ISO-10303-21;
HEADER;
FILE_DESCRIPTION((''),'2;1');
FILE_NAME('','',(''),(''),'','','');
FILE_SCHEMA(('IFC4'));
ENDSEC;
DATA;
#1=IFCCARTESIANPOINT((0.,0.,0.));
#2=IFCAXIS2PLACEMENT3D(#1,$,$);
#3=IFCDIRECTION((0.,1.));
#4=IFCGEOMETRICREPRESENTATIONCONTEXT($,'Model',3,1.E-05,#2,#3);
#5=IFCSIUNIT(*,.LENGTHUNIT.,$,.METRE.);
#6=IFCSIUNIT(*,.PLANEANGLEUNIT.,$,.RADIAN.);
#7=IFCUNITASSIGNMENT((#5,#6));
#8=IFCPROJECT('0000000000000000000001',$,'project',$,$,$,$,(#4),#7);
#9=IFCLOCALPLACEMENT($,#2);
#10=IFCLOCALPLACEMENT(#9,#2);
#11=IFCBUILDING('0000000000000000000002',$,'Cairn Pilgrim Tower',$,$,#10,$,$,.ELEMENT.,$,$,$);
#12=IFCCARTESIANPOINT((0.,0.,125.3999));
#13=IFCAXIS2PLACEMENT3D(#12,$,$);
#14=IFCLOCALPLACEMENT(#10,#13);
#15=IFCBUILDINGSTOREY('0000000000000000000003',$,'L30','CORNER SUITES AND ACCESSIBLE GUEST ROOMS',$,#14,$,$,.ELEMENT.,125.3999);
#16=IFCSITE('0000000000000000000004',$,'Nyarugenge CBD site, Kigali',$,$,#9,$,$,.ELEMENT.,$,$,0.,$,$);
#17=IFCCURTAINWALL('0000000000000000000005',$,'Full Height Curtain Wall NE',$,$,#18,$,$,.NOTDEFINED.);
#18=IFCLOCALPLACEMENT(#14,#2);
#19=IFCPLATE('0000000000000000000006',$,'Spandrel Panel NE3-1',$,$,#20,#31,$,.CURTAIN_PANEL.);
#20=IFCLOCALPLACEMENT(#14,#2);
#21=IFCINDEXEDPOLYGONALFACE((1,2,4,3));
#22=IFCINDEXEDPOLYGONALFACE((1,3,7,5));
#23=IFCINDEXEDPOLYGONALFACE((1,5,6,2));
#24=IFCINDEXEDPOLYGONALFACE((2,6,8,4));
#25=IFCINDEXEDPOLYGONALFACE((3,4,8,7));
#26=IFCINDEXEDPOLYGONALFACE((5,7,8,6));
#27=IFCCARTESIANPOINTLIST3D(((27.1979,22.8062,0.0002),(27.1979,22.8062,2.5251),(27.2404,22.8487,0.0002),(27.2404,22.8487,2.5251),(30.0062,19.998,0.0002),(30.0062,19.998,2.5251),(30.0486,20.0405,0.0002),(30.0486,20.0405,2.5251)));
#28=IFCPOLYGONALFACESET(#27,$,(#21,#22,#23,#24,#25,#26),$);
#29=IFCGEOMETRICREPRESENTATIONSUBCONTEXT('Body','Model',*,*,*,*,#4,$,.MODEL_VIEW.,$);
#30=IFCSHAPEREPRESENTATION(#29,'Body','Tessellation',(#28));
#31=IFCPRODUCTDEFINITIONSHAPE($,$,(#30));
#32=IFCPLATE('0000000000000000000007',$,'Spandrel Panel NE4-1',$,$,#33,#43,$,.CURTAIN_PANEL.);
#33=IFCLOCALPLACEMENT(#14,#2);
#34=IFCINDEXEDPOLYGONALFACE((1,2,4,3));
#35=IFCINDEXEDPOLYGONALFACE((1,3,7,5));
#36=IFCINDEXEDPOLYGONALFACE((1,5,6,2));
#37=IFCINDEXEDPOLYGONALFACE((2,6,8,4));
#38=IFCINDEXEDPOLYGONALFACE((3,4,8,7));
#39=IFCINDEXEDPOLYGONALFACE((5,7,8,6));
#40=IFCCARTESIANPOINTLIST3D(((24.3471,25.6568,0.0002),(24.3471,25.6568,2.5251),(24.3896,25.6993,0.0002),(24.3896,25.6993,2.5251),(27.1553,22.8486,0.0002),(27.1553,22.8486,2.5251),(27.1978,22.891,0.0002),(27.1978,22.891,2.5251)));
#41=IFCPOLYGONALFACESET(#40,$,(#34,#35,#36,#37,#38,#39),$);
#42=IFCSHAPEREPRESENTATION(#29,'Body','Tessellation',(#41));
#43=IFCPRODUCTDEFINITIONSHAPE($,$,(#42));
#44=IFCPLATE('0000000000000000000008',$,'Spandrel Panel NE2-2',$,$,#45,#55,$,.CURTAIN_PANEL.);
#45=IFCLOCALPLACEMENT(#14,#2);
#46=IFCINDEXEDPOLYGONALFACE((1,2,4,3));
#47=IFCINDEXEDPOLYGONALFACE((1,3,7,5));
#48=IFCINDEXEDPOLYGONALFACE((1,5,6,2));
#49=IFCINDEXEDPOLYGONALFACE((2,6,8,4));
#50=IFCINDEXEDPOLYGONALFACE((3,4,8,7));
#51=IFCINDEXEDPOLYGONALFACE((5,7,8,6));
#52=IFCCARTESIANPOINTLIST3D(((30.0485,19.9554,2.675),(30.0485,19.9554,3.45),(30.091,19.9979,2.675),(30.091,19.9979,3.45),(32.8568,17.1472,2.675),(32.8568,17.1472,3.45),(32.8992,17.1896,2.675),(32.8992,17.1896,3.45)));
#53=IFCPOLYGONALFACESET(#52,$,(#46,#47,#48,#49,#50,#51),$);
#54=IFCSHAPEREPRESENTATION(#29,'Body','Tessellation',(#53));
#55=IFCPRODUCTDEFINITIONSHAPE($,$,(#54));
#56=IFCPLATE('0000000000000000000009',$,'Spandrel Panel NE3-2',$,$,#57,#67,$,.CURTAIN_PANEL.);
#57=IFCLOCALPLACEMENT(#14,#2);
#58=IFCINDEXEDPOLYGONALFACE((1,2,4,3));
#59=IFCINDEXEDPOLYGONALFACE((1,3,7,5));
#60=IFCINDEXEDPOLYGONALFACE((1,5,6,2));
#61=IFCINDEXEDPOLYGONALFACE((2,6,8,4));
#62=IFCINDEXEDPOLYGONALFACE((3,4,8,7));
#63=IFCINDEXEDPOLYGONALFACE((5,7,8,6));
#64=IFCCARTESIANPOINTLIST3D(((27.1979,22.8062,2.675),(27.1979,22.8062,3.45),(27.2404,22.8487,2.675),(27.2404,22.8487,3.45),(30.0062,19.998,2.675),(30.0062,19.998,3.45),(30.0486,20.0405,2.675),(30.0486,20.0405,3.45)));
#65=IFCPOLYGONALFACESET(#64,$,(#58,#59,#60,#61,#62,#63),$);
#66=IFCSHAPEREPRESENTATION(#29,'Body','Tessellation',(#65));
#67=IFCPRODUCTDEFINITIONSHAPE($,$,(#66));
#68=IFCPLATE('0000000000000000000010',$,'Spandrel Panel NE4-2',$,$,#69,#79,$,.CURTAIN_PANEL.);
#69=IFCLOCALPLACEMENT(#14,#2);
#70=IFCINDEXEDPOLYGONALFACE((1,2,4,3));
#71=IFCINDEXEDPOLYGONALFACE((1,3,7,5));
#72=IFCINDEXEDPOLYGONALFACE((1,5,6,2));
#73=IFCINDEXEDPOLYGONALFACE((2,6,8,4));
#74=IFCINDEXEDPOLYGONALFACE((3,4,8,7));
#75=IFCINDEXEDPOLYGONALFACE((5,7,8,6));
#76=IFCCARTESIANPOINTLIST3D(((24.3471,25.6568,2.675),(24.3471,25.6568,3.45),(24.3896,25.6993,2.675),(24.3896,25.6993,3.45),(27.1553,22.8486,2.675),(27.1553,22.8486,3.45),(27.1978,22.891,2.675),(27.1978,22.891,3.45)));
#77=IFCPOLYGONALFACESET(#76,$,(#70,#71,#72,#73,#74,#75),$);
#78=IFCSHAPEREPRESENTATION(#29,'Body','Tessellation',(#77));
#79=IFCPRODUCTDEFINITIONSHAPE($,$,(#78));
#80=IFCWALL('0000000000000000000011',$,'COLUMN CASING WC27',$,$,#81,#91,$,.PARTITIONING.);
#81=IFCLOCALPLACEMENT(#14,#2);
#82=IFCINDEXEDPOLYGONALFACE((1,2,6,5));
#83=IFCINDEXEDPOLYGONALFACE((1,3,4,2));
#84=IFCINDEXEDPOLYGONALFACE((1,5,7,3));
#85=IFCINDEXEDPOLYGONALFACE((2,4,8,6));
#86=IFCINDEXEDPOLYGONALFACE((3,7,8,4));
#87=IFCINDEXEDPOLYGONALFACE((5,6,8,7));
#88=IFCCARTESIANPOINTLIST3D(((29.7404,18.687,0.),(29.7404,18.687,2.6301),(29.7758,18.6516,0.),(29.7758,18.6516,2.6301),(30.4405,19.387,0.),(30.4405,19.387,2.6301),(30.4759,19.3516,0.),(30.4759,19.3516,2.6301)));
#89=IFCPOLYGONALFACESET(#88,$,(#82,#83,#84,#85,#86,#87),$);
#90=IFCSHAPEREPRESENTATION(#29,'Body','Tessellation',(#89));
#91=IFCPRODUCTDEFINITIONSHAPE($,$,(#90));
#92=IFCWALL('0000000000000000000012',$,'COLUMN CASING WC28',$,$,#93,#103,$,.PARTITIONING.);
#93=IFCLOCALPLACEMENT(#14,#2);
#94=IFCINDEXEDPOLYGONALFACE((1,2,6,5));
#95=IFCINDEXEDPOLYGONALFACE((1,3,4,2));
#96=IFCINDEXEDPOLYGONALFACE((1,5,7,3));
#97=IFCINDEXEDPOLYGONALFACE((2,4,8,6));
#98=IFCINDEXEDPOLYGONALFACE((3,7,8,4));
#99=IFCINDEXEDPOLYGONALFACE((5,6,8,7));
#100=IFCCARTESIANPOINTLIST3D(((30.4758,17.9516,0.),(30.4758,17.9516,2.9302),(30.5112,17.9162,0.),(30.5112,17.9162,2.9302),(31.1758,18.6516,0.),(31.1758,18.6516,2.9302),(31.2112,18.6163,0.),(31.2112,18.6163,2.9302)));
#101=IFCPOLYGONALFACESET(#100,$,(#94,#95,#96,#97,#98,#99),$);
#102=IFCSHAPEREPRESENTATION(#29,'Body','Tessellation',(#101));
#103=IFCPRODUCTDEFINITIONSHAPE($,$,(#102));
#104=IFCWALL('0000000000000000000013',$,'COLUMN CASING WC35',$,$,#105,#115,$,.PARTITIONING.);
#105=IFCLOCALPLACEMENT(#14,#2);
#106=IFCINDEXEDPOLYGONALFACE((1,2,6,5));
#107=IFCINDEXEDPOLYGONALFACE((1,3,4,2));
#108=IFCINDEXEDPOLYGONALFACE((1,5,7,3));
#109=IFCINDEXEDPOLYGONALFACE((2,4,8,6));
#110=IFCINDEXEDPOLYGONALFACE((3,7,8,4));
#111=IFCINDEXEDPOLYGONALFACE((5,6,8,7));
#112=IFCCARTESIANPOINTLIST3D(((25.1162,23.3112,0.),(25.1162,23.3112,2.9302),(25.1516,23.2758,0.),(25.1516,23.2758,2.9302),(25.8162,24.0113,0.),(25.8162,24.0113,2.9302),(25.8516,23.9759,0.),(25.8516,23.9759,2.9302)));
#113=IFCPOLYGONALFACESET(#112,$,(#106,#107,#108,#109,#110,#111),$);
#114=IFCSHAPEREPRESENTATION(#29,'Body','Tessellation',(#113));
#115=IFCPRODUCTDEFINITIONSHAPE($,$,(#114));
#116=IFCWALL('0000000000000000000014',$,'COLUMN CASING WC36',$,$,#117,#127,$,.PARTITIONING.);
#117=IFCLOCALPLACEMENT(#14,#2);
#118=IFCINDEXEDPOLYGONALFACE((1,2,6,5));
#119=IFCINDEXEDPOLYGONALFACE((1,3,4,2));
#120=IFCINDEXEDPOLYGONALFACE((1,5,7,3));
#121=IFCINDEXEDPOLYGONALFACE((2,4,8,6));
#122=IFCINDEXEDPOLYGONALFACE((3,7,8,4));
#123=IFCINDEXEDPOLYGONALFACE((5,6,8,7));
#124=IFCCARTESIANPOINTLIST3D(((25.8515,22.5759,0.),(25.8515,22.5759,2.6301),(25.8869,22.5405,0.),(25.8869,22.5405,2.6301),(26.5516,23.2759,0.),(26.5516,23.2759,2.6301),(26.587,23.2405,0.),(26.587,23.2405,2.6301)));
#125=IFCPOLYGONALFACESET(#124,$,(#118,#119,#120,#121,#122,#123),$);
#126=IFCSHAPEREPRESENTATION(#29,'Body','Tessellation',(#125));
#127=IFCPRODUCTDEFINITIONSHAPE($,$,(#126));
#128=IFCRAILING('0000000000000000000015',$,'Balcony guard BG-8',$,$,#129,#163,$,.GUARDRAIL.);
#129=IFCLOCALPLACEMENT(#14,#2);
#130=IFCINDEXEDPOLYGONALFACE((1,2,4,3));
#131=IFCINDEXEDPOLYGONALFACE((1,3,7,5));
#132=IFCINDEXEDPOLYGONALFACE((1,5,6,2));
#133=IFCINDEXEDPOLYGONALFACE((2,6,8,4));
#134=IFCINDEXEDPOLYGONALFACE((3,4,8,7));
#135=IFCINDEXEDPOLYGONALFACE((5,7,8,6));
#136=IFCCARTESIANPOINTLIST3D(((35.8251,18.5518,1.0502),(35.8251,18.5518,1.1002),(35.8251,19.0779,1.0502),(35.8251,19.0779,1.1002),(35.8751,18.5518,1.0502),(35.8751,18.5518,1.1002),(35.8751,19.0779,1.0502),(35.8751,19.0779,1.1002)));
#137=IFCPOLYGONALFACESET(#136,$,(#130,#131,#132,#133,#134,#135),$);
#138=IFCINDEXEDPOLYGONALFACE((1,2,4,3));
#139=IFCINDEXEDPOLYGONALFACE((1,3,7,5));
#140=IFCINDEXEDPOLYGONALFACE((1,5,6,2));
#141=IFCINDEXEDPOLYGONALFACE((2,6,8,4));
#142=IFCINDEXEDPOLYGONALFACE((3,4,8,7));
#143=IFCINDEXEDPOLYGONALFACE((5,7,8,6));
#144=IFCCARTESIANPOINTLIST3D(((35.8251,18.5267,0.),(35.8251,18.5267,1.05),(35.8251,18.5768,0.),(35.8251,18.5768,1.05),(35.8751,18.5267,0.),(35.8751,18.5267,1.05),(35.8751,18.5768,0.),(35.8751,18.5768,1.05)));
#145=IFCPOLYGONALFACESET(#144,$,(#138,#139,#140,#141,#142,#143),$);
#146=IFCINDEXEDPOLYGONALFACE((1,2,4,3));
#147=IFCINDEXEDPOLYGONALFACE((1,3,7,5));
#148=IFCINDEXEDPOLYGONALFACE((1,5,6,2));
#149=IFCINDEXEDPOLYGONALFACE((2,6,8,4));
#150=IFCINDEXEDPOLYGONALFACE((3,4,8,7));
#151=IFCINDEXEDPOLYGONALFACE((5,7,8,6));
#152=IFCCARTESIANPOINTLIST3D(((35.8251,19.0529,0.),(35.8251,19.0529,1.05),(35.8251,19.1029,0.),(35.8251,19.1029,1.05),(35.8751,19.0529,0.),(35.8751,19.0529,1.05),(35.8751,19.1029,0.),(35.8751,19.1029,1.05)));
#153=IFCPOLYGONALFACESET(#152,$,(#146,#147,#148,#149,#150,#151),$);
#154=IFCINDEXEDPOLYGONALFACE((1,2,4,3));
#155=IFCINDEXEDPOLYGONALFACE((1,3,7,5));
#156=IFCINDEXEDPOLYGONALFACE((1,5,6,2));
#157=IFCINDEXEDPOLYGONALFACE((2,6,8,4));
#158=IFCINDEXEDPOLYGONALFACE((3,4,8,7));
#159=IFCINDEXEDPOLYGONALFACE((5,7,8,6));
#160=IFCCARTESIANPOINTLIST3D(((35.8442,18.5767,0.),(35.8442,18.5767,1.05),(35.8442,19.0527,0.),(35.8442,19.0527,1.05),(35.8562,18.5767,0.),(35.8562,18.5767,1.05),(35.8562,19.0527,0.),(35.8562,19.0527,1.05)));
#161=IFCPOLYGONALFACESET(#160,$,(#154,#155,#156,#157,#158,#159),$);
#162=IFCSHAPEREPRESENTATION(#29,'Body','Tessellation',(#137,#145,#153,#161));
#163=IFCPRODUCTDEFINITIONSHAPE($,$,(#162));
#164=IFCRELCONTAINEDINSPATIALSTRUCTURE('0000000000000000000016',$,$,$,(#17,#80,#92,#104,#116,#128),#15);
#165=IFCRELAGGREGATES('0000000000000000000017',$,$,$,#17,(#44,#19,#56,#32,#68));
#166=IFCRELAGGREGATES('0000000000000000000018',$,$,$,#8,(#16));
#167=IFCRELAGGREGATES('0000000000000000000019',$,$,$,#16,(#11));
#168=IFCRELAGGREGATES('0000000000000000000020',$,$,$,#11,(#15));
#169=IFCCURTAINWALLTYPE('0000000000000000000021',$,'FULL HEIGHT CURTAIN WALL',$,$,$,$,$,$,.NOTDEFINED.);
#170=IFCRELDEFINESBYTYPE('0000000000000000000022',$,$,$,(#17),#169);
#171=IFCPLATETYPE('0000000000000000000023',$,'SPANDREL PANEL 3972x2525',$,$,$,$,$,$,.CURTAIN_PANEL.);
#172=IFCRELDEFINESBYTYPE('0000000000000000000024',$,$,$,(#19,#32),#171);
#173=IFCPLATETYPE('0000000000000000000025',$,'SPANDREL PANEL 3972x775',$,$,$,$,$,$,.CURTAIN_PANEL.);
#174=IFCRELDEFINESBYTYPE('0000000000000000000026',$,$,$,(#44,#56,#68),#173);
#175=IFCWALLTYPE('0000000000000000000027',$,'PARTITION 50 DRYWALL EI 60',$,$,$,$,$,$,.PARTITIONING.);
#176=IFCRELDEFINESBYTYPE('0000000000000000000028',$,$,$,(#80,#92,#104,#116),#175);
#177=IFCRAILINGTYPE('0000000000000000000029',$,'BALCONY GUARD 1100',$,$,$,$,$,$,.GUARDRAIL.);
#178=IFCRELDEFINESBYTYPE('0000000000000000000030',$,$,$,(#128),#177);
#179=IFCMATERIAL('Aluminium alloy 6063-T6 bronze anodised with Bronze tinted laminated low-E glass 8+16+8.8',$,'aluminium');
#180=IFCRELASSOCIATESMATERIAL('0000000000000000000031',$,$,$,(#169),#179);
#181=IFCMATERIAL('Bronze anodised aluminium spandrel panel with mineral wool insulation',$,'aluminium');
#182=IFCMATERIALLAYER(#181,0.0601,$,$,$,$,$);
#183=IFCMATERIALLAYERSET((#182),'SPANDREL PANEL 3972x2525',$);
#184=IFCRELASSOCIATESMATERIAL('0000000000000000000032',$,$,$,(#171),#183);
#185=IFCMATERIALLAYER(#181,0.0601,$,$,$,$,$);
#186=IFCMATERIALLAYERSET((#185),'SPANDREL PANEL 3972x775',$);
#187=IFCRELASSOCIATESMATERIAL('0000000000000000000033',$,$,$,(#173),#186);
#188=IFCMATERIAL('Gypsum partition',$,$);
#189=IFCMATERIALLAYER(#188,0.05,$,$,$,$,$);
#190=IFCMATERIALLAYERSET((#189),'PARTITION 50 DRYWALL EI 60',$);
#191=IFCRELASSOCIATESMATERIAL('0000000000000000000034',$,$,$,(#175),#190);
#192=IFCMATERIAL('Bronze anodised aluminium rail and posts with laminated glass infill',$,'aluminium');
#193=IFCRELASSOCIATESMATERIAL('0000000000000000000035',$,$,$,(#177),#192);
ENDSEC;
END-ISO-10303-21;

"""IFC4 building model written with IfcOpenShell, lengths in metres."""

from ifc_helpers import new_model, si_unit, direction, frame, frame_2d, origin, origin_2d, place, context, subcontext, project, spatial, polyline, rectangle, outline, extrude, material, layer, layer_set, type_object, element, aggregate, save


model = new_model("IFC4")

# Units and contexts
model_context = context("Model", 3, precision=1e-05, world=origin(), true_north=direction((0.0, 1.0)))
body_context = subcontext(model_context, "Body", "Model", "MODEL_VIEW")
ifc_project = project(units=[si_unit("LENGTHUNIT", "METRE"), si_unit("PLANEANGLEUNIT", "RADIAN")], contexts=[model_context])

# Site, building, storey
site_placement = place(None, origin())
site = spatial("IfcSite", under=ifc_project, at=site_placement, Name="Nyarugenge CBD site, Kigali", CompositionType="ELEMENT", RefElevation=0.0)
building_placement = place(site_placement, origin())
building = spatial("IfcBuilding", under=site, at=building_placement, Name="Cairn Pilgrim Tower", CompositionType="ELEMENT")
storey_placement = place(building_placement, frame((0.0, 0.0, 125.3999)))
storey = spatial("IfcBuildingStorey", under=building, at=storey_placement, Name="L30", Description="CORNER SUITES AND ACCESSIBLE GUEST ROOMS", CompositionType="ELEMENT", Elevation=125.3999)

# Curtain wall
ifc_material_1 = material(Name="Aluminium alloy 6063-T6 bronze anodised with Bronze tinted laminated low-E glass 8+16+8.8", Category="aluminium")
curtain_wall_type = type_object("IfcCurtainWallType", Name="FULL HEIGHT CURTAIN WALL", PredefinedType="NOTDEFINED", material=ifc_material_1)
curtain_wall_1_placement = place(storey_placement, origin())
curtain_wall_1 = element("IfcCurtainWall", 1, at=curtain_wall_1_placement, inside=storey, type_object=curtain_wall_type, Name="Full Height Curtain Wall NE", PredefinedType="NOTDEFINED")

# Plates
ifc_material_2 = material(Name="Bronze anodised aluminium spandrel panel with mineral wool insulation", Category="aluminium")
ifc_layer_1 = layer(ifc_material_2, 0.0601)
ifc_layer_set_1 = layer_set([ifc_layer_1], Name="SPANDREL PANEL 3972x2525")
plate_type_1 = type_object("IfcPlateType", Name="SPANDREL PANEL 3972x2525", PredefinedType="CURTAIN_PANEL", material=ifc_layer_set_1)
plate_1_placement = place(storey_placement, frame((28.6233, 21.4233, 0.0002), z_axis=(0.0, 0.0, 1.0), x_axis=(-0.707107, 0.707107, 0.0)))
plate_1 = element("IfcPlate", 2, at=plate_1_placement, type_object=plate_type_1, Name="Spandrel Panel NE3-1", PredefinedType="CURTAIN_PANEL", context=body_context, shape_type="SweptSolid", body=[
    extrude(rectangle(XDim=3.9714, YDim=0.0601, at=origin_2d()), origin(), (0.0, 0.0, 1.0), 2.5249),
])
plate_2_placement = place(storey_placement, frame((25.7725, 24.2739, 0.0002), z_axis=(0.0, 0.0, 1.0), x_axis=(-0.707107, 0.707107, 0.0)))
plate_2 = element("IfcPlate", 3, at=plate_2_placement, type_object=plate_type_1, Name="Spandrel Panel NE4-1", PredefinedType="CURTAIN_PANEL", context=body_context, shape_type="SweptSolid", body=[
    extrude(rectangle(XDim=3.9714, YDim=0.0601, at=origin_2d()), origin(), (0.0, 0.0, 1.0), 2.5249),
])
ifc_layer_2 = layer(ifc_material_2, 0.0601)
ifc_layer_set_2 = layer_set([ifc_layer_2], Name="SPANDREL PANEL 3972x775")
plate_type_2 = type_object("IfcPlateType", Name="SPANDREL PANEL 3972x775", PredefinedType="CURTAIN_PANEL", material=ifc_layer_set_2)
plate_3_placement = place(storey_placement, frame((31.4739, 18.5725, 2.675), z_axis=(0.0, 0.0, 1.0), x_axis=(-0.707107, 0.707107, 0.0)))
plate_3 = element("IfcPlate", 4, at=plate_3_placement, type_object=plate_type_2, Name="Spandrel Panel NE2-2", PredefinedType="CURTAIN_PANEL", context=body_context, shape_type="SweptSolid", body=[
    extrude(rectangle(XDim=3.9714, YDim=0.0601, at=origin_2d()), origin(), (0.0, 0.0, 1.0), 0.7749),
])
plate_4_placement = place(storey_placement, frame((28.6233, 21.4233, 2.675), z_axis=(0.0, 0.0, 1.0), x_axis=(-0.707107, 0.707107, 0.0)))
plate_4 = element("IfcPlate", 5, at=plate_4_placement, type_object=plate_type_2, Name="Spandrel Panel NE3-2", PredefinedType="CURTAIN_PANEL", context=body_context, shape_type="SweptSolid", body=[
    extrude(rectangle(XDim=3.9714, YDim=0.0601, at=origin_2d()), origin(), (0.0, 0.0, 1.0), 0.7749),
])
plate_5_placement = place(storey_placement, frame((25.7725, 24.2739, 2.675), z_axis=(0.0, 0.0, 1.0), x_axis=(-0.707107, 0.707107, 0.0)))
plate_5 = element("IfcPlate", 6, at=plate_5_placement, type_object=plate_type_2, Name="Spandrel Panel NE4-2", PredefinedType="CURTAIN_PANEL", context=body_context, shape_type="SweptSolid", body=[
    extrude(rectangle(XDim=3.9714, YDim=0.0601, at=origin_2d()), origin(), (0.0, 0.0, 1.0), 0.7749),
])
aggregate(curtain_wall_1, [plate_3, plate_1, plate_4, plate_2, plate_5])

# Walls
ifc_material_3 = material(Name="Gypsum partition")
ifc_layer_3 = layer(ifc_material_3, 0.05)
ifc_layer_set_3 = layer_set([ifc_layer_3], Name="PARTITION 50 DRYWALL EI 60")
wall_type_1 = type_object("IfcWallType", Name="PARTITION 50 DRYWALL EI 60", PredefinedType="PARTITIONING", material=ifc_layer_set_3)
wall_1_placement = place(storey_placement, frame((29.7581, 18.6692, 0.0), z_axis=(0.0, 0.0, 1.0), x_axis=(0.707107, 0.707107, 0.0)))
element("IfcWall", 7, at=wall_1_placement, inside=storey, type_object=wall_type_1, Name="COLUMN CASING WC27", PredefinedType="PARTITIONING", context=body_context, shape_type="SweptSolid", body=[
    extrude(rectangle(XDim=0.99, YDim=0.05, at=frame_2d((0.4951, 0.0))), origin(), (0.0, 0.0, 1.0), 2.6301),
])
for number, where, z_axis, x_axis, name in (
    (8, (30.4934, 17.9338, 0.0), (0.0, 0.0, 1.0), (0.707107, 0.707107, 0.0), "COLUMN CASING WC28"),
    (9, (25.1338, 23.2935, 0.0), (0.0, 0.0, 1.0), (0.707107, 0.707107, 0.0), "COLUMN CASING WC35"),
):
    element("IfcWall", number, at=place(storey_placement, frame(where, z_axis=z_axis, x_axis=x_axis)), inside=storey, type_object=wall_type_1, Name=name, PredefinedType="PARTITIONING", context=body_context, shape_type="SweptSolid", body=[
        extrude(rectangle(XDim=0.99, YDim=0.05, at=frame_2d((0.4951, 0.0))), origin(), (0.0, 0.0, 1.0), 2.9302),
    ])
wall_2_placement = place(storey_placement, frame((25.8691, 22.5581, 0.0), z_axis=(0.0, 0.0, 1.0), x_axis=(0.707107, 0.707107, 0.0)))
element("IfcWall", 10, at=wall_2_placement, inside=storey, type_object=wall_type_1, Name="COLUMN CASING WC36", PredefinedType="PARTITIONING", context=body_context, shape_type="SweptSolid", body=[
    extrude(rectangle(XDim=0.99, YDim=0.05, at=frame_2d((0.4951, 0.0))), origin(), (0.0, 0.0, 1.0), 2.6301),
])

# Railing
ifc_material_4 = material(Name="Bronze anodised aluminium rail and posts with laminated glass infill", Category="aluminium")
railing_type = type_object("IfcRailingType", Name="BALCONY GUARD 1100", PredefinedType="GUARDRAIL", material=ifc_material_4)
railing_1_placement = place(storey_placement, frame((35.8501, 18.5518, 0.0)))
element("IfcRailing", 11, at=railing_1_placement, inside=storey, type_object=railing_type, Name="Balcony guard BG-8", PredefinedType="GUARDRAIL", context=body_context, shape_type="SweptSolid", body=[
    extrude(rectangle(XDim=0.05, YDim=0.05, at=origin_2d()), frame((0.0, 0.0, 1.0752), z_axis=(0.0, 1.0, 0.0), x_axis=(-1.0, 0.0, 0.0)), (0.0, 0.0, 1.0), 0.5261),
    extrude(rectangle(XDim=0.05, YDim=0.05, at=origin_2d()), origin(), (0.0, 0.0, 1.0), 1.05),
    extrude(rectangle(XDim=0.05, YDim=0.05, at=origin_2d()), frame((0.0, 0.5261, 0.0)), (0.0, 0.0, 1.0), 1.05),
    extrude(outline(polyline([(0.0249, 0.0), (0.501, 0.0), (0.501, 1.05), (0.0249, 1.05), (0.0249, 0.0)])), frame((-0.0059, 0.0, 0.0), z_axis=(1.0, 0.0, 0.0), x_axis=(0.0, 1.0, 0.0)), (0.0, 0.0, 1.0), 0.012),
])

save(model, "model.ifc")
